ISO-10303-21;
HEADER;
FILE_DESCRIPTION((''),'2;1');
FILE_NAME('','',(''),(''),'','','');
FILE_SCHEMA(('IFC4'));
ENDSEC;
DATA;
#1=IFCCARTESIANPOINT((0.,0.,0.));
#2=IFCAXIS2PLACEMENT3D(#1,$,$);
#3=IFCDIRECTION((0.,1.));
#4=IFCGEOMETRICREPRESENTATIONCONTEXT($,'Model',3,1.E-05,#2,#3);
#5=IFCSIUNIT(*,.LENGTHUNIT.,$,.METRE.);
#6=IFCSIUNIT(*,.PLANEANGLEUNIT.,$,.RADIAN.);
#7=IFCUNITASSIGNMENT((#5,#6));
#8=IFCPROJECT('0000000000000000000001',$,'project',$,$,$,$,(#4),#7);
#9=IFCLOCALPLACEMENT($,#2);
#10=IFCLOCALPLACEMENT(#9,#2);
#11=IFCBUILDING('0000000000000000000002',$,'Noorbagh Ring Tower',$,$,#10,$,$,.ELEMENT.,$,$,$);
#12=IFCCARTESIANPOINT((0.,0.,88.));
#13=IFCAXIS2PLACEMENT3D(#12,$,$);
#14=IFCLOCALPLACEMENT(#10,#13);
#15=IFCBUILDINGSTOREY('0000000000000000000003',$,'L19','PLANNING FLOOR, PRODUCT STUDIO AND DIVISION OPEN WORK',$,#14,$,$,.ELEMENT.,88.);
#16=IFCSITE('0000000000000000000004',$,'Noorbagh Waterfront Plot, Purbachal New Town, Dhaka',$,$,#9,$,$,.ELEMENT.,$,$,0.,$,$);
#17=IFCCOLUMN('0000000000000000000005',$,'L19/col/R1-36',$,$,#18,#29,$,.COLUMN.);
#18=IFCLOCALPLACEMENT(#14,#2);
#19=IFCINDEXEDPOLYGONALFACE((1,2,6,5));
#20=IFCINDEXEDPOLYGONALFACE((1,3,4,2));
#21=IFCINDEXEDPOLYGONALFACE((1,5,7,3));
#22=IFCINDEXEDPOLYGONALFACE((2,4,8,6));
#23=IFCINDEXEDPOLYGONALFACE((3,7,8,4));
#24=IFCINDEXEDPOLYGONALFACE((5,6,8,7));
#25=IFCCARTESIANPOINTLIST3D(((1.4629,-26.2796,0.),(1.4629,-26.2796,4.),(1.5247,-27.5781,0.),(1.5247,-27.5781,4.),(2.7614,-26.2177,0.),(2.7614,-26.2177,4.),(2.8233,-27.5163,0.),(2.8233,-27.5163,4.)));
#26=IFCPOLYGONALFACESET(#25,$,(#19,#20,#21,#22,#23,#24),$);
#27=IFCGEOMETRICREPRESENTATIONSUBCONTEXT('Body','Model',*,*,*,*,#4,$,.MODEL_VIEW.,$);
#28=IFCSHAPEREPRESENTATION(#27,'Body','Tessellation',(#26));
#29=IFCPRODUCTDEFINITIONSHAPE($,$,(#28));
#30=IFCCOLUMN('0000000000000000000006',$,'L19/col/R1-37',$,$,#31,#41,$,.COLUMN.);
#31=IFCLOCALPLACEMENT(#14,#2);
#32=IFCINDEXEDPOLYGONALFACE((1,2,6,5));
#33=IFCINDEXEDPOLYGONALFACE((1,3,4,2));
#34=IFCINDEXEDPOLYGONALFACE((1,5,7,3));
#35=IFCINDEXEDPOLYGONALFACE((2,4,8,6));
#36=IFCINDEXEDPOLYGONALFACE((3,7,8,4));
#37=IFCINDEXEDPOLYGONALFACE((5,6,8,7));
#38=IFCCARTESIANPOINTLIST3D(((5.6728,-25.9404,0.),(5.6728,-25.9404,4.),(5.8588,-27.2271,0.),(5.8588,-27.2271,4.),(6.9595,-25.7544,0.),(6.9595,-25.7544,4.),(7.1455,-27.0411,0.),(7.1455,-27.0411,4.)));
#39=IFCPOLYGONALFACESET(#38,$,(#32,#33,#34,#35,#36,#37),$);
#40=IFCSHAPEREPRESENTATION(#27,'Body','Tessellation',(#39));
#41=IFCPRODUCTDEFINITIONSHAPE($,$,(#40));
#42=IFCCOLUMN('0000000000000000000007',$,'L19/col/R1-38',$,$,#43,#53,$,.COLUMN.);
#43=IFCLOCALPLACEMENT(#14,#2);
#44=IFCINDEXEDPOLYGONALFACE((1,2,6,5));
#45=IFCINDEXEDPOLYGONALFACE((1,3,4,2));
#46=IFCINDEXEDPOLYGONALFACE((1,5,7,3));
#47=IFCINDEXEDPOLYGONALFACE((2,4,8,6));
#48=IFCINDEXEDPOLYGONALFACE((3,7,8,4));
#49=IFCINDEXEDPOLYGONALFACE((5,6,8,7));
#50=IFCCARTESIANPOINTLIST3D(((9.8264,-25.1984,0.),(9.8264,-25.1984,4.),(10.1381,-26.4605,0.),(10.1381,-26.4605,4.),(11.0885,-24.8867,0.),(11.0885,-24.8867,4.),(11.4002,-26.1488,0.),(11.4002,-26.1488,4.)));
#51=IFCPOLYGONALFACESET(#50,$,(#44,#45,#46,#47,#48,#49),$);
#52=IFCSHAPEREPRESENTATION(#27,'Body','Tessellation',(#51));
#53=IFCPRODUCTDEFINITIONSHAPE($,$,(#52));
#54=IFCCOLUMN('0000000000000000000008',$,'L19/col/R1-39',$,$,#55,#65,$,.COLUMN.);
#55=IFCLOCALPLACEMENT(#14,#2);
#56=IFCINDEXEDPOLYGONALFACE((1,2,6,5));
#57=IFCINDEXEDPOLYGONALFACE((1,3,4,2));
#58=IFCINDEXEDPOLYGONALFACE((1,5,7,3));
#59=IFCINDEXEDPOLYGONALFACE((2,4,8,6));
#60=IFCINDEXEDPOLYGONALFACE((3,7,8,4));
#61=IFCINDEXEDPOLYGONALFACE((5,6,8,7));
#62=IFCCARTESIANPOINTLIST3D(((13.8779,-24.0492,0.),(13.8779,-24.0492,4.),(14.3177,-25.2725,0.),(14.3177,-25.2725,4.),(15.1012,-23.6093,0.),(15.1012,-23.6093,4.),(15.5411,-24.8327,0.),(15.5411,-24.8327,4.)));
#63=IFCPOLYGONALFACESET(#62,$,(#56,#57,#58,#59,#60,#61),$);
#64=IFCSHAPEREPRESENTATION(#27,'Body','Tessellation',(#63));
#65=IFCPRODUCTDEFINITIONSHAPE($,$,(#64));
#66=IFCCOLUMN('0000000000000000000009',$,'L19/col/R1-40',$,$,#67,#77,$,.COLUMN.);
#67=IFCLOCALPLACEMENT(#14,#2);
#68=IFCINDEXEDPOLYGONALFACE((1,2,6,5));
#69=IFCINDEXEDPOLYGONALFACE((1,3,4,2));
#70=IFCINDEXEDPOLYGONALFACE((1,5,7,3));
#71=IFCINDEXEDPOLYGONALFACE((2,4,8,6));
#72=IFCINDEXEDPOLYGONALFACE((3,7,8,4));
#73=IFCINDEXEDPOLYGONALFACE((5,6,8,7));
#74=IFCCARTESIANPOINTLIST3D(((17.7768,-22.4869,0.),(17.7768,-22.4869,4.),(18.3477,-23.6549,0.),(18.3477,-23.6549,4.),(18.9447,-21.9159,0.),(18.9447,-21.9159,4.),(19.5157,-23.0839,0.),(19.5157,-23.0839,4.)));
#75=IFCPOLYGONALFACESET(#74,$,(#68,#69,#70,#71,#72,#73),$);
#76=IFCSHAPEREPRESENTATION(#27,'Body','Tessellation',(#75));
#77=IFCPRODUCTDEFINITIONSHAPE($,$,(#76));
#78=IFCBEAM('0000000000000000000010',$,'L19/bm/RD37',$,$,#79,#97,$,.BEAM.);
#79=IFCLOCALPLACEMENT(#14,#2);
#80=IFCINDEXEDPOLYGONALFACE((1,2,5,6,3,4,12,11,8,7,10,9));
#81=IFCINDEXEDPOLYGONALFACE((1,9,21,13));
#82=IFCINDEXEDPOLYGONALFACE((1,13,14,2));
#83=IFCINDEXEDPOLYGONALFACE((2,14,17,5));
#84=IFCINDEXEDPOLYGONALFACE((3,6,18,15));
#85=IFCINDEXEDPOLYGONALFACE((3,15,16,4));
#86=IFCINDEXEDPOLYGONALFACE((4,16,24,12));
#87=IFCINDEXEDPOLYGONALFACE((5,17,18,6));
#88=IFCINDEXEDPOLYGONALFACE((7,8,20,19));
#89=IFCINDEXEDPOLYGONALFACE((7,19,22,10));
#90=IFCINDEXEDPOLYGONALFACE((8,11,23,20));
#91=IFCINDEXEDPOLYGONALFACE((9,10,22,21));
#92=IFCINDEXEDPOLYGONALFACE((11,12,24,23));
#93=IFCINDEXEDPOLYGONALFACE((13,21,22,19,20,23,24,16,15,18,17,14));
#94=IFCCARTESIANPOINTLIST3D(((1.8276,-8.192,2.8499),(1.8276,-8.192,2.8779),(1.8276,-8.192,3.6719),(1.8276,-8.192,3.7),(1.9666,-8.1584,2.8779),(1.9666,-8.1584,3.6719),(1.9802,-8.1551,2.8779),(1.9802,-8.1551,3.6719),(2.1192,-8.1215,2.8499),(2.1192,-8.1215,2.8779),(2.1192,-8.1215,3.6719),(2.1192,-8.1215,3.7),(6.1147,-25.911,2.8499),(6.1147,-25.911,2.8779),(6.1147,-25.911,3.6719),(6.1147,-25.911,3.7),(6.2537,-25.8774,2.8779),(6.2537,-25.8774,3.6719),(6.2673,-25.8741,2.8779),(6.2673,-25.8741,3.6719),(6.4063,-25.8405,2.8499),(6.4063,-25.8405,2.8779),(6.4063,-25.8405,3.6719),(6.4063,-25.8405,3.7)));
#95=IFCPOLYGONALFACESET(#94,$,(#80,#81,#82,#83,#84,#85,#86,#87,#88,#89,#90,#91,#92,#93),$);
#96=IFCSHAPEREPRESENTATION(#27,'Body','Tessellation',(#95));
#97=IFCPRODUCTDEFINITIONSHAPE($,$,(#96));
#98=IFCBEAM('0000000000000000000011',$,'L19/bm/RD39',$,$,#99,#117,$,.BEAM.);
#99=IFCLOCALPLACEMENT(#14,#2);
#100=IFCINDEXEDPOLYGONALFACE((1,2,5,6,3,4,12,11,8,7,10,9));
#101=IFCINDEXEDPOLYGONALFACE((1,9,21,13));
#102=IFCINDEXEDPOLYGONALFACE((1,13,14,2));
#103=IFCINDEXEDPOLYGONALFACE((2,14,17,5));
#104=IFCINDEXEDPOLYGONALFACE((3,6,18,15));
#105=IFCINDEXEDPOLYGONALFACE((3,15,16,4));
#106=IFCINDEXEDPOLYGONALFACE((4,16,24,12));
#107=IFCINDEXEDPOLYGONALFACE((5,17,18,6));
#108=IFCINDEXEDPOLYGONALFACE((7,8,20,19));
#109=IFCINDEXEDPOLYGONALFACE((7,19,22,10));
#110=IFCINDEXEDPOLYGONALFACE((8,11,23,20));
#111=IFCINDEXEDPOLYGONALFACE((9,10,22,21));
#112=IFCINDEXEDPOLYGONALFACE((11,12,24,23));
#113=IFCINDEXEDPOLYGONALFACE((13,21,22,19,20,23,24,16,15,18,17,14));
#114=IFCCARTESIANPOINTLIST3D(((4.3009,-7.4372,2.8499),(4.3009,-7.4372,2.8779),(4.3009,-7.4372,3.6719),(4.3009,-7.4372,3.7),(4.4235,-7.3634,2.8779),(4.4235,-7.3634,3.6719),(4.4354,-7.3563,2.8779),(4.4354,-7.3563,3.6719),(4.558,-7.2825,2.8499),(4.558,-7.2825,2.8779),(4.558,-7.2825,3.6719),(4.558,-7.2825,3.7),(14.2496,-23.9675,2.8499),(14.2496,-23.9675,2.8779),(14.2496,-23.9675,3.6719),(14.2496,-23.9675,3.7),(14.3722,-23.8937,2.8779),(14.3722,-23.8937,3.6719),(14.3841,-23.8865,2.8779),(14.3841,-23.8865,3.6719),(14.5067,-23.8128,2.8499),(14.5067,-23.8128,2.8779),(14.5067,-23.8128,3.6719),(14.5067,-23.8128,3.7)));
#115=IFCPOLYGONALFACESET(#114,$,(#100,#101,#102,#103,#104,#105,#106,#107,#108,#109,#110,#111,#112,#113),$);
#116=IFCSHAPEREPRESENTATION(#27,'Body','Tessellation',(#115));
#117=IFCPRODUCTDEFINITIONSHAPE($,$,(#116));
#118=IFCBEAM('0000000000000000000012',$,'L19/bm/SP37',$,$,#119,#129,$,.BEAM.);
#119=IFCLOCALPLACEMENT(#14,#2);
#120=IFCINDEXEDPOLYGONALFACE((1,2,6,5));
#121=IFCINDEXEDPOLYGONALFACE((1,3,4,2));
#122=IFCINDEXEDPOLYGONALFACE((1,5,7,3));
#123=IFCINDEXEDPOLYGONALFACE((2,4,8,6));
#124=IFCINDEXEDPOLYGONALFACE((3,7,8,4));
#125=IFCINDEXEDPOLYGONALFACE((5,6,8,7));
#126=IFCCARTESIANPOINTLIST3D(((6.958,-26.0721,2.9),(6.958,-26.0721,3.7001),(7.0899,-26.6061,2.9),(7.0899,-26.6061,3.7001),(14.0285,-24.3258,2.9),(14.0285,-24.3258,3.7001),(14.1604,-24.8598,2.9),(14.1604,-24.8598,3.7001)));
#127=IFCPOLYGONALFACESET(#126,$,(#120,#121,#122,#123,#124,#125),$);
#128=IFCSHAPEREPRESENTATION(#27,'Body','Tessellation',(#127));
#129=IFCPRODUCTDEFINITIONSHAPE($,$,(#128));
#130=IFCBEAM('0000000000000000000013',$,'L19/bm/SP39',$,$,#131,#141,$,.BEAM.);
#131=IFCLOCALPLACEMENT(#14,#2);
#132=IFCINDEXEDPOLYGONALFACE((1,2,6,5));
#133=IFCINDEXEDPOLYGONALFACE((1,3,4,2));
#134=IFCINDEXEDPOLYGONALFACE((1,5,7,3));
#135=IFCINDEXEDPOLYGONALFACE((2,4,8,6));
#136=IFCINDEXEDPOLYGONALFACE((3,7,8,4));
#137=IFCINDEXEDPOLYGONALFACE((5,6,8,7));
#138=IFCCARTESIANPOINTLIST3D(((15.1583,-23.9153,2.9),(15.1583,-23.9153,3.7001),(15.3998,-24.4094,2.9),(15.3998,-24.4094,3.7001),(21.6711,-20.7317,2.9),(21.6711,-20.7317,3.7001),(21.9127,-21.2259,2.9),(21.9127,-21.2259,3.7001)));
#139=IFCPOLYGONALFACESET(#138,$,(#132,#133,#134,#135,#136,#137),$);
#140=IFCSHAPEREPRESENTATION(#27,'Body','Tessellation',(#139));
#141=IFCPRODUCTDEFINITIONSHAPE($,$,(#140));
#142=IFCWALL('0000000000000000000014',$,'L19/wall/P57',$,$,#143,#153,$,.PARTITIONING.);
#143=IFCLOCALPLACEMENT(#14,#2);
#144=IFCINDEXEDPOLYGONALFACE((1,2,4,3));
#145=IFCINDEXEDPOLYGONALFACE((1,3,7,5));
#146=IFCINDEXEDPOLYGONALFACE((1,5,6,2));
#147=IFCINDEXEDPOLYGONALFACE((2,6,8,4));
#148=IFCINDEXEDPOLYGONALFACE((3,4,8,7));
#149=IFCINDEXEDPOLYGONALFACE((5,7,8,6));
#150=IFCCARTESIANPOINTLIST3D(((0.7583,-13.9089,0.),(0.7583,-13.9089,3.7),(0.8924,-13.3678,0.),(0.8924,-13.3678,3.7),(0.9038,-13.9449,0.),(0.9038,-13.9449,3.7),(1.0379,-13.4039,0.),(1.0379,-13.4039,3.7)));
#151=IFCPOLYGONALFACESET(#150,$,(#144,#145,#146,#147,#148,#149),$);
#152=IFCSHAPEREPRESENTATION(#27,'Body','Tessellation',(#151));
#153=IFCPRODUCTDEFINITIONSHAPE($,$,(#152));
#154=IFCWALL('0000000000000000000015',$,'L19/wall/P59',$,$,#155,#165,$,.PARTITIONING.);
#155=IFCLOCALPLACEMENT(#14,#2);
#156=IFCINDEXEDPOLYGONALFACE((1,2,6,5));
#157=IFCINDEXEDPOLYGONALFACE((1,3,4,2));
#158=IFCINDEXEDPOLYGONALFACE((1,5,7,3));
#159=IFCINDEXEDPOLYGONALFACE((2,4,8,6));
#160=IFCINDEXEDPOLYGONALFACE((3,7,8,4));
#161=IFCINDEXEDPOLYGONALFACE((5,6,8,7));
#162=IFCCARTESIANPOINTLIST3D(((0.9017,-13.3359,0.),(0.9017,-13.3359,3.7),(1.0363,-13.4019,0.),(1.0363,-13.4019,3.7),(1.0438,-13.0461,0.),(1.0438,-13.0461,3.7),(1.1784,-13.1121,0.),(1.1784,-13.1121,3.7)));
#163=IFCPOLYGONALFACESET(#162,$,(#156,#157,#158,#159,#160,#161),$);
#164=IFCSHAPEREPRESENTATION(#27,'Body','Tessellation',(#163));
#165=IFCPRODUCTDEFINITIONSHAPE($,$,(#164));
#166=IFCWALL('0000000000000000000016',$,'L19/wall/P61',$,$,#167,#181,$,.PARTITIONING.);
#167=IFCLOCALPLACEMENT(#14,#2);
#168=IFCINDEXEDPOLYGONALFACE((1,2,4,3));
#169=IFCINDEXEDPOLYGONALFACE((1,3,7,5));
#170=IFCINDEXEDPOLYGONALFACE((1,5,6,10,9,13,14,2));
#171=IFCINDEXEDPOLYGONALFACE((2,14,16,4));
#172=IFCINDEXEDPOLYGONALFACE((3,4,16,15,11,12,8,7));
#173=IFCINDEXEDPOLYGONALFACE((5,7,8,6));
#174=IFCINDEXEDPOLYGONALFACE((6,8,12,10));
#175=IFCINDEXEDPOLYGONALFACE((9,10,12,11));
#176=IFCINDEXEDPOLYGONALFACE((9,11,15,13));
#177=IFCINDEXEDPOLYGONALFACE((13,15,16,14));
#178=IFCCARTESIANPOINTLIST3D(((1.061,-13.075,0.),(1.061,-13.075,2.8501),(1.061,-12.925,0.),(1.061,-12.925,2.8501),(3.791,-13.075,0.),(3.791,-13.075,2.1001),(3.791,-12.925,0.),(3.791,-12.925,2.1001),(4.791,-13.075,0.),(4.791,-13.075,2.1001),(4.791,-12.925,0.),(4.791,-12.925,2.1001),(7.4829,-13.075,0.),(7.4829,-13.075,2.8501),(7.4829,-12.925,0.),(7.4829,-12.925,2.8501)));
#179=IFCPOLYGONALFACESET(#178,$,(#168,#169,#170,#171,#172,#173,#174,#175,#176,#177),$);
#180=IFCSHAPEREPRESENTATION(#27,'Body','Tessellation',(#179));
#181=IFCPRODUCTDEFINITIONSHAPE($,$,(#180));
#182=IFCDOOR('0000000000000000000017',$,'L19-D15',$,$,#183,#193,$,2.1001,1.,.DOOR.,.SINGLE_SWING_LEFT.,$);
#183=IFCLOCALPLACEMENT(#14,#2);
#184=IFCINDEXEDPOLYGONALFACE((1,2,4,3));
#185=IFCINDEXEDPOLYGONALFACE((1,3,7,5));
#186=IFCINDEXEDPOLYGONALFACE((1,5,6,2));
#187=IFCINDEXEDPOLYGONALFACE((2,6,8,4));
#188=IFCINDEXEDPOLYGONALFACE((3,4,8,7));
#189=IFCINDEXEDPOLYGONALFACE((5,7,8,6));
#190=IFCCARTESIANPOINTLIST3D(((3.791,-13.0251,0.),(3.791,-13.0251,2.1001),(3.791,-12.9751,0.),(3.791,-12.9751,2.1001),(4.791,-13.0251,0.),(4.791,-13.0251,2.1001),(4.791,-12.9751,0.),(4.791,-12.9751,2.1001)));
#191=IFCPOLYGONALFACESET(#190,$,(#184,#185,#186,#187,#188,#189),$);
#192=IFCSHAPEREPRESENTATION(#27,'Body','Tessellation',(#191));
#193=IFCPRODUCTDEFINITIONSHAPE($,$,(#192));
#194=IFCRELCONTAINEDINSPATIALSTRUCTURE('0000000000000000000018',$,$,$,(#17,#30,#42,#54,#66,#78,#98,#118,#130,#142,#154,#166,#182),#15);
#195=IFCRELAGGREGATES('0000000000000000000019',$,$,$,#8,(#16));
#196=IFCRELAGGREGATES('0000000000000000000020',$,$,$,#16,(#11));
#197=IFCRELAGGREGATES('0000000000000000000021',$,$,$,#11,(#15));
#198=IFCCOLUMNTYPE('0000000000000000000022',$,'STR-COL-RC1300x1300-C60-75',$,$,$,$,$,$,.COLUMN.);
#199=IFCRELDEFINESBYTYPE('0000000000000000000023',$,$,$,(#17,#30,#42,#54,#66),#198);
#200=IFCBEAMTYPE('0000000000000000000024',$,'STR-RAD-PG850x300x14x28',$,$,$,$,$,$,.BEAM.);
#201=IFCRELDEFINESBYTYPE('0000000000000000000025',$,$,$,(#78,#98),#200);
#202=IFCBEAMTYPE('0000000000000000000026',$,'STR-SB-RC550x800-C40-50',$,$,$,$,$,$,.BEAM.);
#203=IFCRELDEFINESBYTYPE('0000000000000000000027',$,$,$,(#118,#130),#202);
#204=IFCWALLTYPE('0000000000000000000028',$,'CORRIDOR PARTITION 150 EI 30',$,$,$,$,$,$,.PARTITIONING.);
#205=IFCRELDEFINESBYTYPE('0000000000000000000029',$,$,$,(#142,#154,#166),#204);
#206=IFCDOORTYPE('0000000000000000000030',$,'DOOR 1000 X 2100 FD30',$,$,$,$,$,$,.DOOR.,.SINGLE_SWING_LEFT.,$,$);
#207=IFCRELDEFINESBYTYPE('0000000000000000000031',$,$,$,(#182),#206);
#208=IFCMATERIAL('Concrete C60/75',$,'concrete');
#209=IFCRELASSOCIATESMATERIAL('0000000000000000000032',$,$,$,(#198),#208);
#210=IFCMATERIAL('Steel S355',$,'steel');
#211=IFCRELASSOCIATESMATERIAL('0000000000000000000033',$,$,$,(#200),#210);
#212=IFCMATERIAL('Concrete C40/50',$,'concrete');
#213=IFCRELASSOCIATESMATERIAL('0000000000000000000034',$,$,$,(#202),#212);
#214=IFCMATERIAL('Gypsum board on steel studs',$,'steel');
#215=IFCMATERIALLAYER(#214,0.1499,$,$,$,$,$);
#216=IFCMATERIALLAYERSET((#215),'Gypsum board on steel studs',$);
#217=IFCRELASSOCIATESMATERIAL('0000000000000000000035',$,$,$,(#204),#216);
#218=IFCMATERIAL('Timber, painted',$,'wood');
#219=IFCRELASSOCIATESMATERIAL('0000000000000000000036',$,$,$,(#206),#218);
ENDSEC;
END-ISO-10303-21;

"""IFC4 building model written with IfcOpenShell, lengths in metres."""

from ifc_helpers import new_model, si_unit, direction, frame, frame_2d, origin, origin_2d, place, context, subcontext, project, spatial, rectangle, i_section, extrude, material, layer, layer_set, material_profile, profile_set, type_object, element, fill, save


model = new_model("IFC4")

# Units and contexts
model_context = context("Model", 3, precision=1e-05, world=origin(), true_north=direction((0.0, 1.0)))
body_context = subcontext(model_context, "Body", "Model", "MODEL_VIEW")
ifc_project = project(units=[si_unit("LENGTHUNIT", "METRE"), si_unit("PLANEANGLEUNIT", "RADIAN")], contexts=[model_context])

# Site, building, storey
site_placement = place(None, origin())
site = spatial("IfcSite", under=ifc_project, at=site_placement, Name="Noorbagh Waterfront Plot, Purbachal New Town, Dhaka", CompositionType="ELEMENT", RefElevation=0.0)
building_placement = place(site_placement, origin())
building = spatial("IfcBuilding", under=site, at=building_placement, Name="Noorbagh Ring Tower", CompositionType="ELEMENT")
storey_placement = place(building_placement, frame((0.0, 0.0, 88.0)))
storey = spatial("IfcBuildingStorey", under=building, at=storey_placement, Name="L19", Description="PLANNING FLOOR, PRODUCT STUDIO AND DIVISION OPEN WORK", CompositionType="ELEMENT", Elevation=88.0)

# Columns
ifc_material_1 = material(Name="Concrete C60/75", Category="concrete")
ifc_material_profile_1 = material_profile(ifc_material_1, rectangle(XDim=1.3, YDim=1.3, at=origin_2d()), Name="RC1300x1300")
ifc_profile_set_1 = profile_set([ifc_material_profile_1], Name="Concrete C60/75")
column_type = type_object("IfcColumnType", Name="STR-COL-RC1300x1300-C60-75", PredefinedType="COLUMN", material=ifc_profile_set_1)
for number, where, z_axis, x_axis, name in (
    (1, (2.1431, -26.8979, 0.0), (0.0, 0.0, 1.0), (0.998869, 0.047553, 0.0), "L19/col/R1-36"),
    (2, (6.4092, -26.4907, 0.0), (0.0, 0.0, 1.0), (0.989713, 0.143066, 0.0), "L19/col/R1-37"),
    (3, (10.6133, -25.6736, 0.0), (0.0, 0.0, 1.0), (0.970829, 0.239771, 0.0), "L19/col/R1-38"),
    (4, (14.7095, -24.4409, 0.0), (0.0, 0.0, 1.0), (0.941025, 0.338338, 0.0), "L19/col/R1-39"),
    (5, (18.6462, -22.7854, 0.0), (0.0, 0.0, 1.0), (0.898399, 0.43918, 0.0), "L19/col/R1-40"),
):
    element("IfcColumn", number, at=place(storey_placement, frame(where, z_axis=z_axis, x_axis=x_axis)), inside=storey, type_object=column_type, Name=name, PredefinedType="COLUMN", context=body_context, shape_type="SweptSolid", body=[
        extrude(rectangle(XDim=1.3, YDim=1.3, at=origin_2d()), origin(), (0.0, 0.0, 1.0), 4.0),
    ])

# Beams
ifc_material_2 = material(Name="Steel S355", Category="steel")
ifc_material_profile_2 = material_profile(ifc_material_2, i_section(OverallWidth=0.3, OverallDepth=0.8501, WebThickness=0.0139, FlangeThickness=0.0281, at=origin_2d()), Name="PG850x300x14x28")
ifc_profile_set_2 = profile_set([ifc_material_profile_2], Name="Steel S355")
beam_type_1 = type_object("IfcBeamType", Name="STR-RAD-PG850x300x14x28", PredefinedType="BEAM", material=ifc_profile_set_2)
beam_1_placement = place(storey_placement, frame((6.2605, -25.8757, 3.2749), z_axis=(-0.235165, 0.971956, 0.0), x_axis=(-0.971956, -0.235165, 0.0)))
element("IfcBeam", 6, at=beam_1_placement, inside=storey, type_object=beam_type_1, Name="L19/bm/RD37", PredefinedType="BEAM", context=body_context, shape_type="SweptSolid", body=[
    extrude(i_section(OverallWidth=0.3, OverallDepth=0.8501, WebThickness=0.0139, FlangeThickness=0.0281, at=origin_2d()), origin(), (0.0, 0.0, 1.0), 18.2302),
])
beam_2_placement = place(storey_placement, frame((14.3782, -23.8901, 3.2749), z_axis=(-0.51566, 0.856793, 0.0), x_axis=(-0.856793, -0.51566, 0.0)))
element("IfcBeam", 7, at=beam_2_placement, inside=storey, type_object=beam_type_1, Name="L19/bm/RD39", PredefinedType="BEAM", context=body_context, shape_type="SweptSolid", body=[
    extrude(i_section(OverallWidth=0.3, OverallDepth=0.8501, WebThickness=0.0139, FlangeThickness=0.0281, at=origin_2d()), origin(), (0.0, 0.0, 1.0), 19.2932),
])
ifc_material_3 = material(Name="Concrete C40/50", Category="concrete")
ifc_material_profile_3 = material_profile(ifc_material_3, rectangle(XDim=0.55, YDim=0.8, at=origin_2d()), Name="RC550x800")
ifc_profile_set_3 = profile_set([ifc_material_profile_3], Name="Concrete C40/50")
beam_type_2 = type_object("IfcBeamType", Name="STR-SB-RC550x800-C40-50", PredefinedType="BEAM", material=ifc_profile_set_3)
beam_3_placement = place(storey_placement, frame((7.0239, -26.3391, 3.3), z_axis=(0.970827, 0.239782, 0.0), x_axis=(-0.239782, 0.970827, 0.0)))
element("IfcBeam", 8, at=beam_3_placement, inside=storey, type_object=beam_type_2, Name="L19/bm/SP37", PredefinedType="BEAM", context=body_context, shape_type="SweptSolid", body=[
    extrude(rectangle(XDim=0.55, YDim=0.8, at=origin_2d()), origin(), (0.0, 0.0, 1.0), 7.283),
])
beam_4_placement = place(storey_placement, frame((15.2791, -24.1624, 3.3), z_axis=(0.898412, 0.439153, 0.0), x_axis=(-0.439153, 0.898412, 0.0)))
element("IfcBeam", 9, at=beam_4_placement, inside=storey, type_object=beam_type_2, Name="L19/bm/SP39", PredefinedType="BEAM", context=body_context, shape_type="SweptSolid", body=[
    extrude(rectangle(XDim=0.55, YDim=0.8, at=origin_2d()), origin(), (0.0, 0.0, 1.0), 7.2493),
])

# Walls
ifc_material_4 = material(Name="Gypsum board on steel studs", Category="steel")
ifc_layer_1 = layer(ifc_material_4, 0.1499)
ifc_layer_set_1 = layer_set([ifc_layer_1], Name="Gypsum board on steel studs")
wall_type_1 = type_object("IfcWallType", Name="CORRIDOR PARTITION 150 EI 30", PredefinedType="PARTITIONING", material=ifc_layer_set_1)
wall_1_placement = place(storey_placement, frame((0.8311, -13.927, 0.0), z_axis=(0.0, 0.0, 1.0), x_axis=(0.240474, 0.970656, 0.0)))
element("IfcWall", 10, at=wall_1_placement, inside=storey, type_object=wall_type_1, Name="L19/wall/P57", PredefinedType="PARTITIONING", context=body_context, shape_type="SweptSolid", body=[
    extrude(rectangle(XDim=0.5574, YDim=0.1499, at=frame_2d((0.2788, 0.0))), origin(), (0.0, 0.0, 1.0), 3.7),
])
wall_2_placement = place(storey_placement, frame((0.969, -13.3689, 0.0), z_axis=(0.0, 0.0, 1.0), x_axis=(0.440241, 0.89788, 0.0)))
element("IfcWall", 11, at=wall_2_placement, inside=storey, type_object=wall_type_1, Name="L19/wall/P59", PredefinedType="PARTITIONING", context=body_context, shape_type="SweptSolid", body=[
    extrude(rectangle(XDim=0.3228, YDim=0.1499, at=frame_2d((0.1614, 0.0))), origin(), (0.0, 0.0, 1.0), 3.7),
])

# Wall, opening, door
wall_3_placement = place(storey_placement, frame((1.061, -13.0, 0.0), z_axis=(0.0, 0.0, 1.0), x_axis=(1.0, 0.0, 0.0)))
wall_3 = element("IfcWall", 12, at=wall_3_placement, inside=storey, type_object=wall_type_1, Name="L19/wall/P61", PredefinedType="PARTITIONING", context=body_context, shape_type="SweptSolid", body=[
    extrude(rectangle(XDim=6.4219, YDim=0.1499, at=frame_2d((3.2109, 0.0))), origin(), (0.0, 0.0, 1.0), 2.8501),
])
opening_placement = place(wall_3_placement, frame((2.73, 0.0, 0.0)))
opening = element("IfcOpeningElement", 13, at=opening_placement, cuts=wall_3, PredefinedType="OPENING", context=body_context, shape_type="SweptSolid", body=[
    extrude(rectangle(XDim=1.0, YDim=2.1001, at=frame_2d((0.5, 1.05))), frame((0.0, 0.085, 0.0), z_axis=(0.0, -1.0, 0.0), x_axis=(1.0, 0.0, 0.0)), (0.0, 0.0, 1.0), 0.1699),
])
ifc_material_5 = material(Name="Timber, painted", Category="wood")
door_type = type_object("IfcDoorType", Name="DOOR 1000 X 2100 FD30", OperationType="SINGLE_SWING_LEFT", PredefinedType="DOOR", material=ifc_material_5)
door_placement = place(opening_placement, origin())
door = element("IfcDoor", 14, at=door_placement, inside=storey, type_object=door_type, Name="L19-D15", OperationType="SINGLE_SWING_LEFT", OverallHeight=2.1001, OverallWidth=1.0, PredefinedType="DOOR", context=body_context, shape_type="SweptSolid", body=[
    extrude(rectangle(XDim=1.0, YDim=2.1001, at=frame_2d((0.5, 1.05))), frame((0.0, 0.0249, 0.0), z_axis=(0.0, -1.0, 0.0), x_axis=(1.0, 0.0, 0.0)), (0.0, 0.0, 1.0), 0.05),
])
fill(opening, door)

save(model, "model.ifc")
